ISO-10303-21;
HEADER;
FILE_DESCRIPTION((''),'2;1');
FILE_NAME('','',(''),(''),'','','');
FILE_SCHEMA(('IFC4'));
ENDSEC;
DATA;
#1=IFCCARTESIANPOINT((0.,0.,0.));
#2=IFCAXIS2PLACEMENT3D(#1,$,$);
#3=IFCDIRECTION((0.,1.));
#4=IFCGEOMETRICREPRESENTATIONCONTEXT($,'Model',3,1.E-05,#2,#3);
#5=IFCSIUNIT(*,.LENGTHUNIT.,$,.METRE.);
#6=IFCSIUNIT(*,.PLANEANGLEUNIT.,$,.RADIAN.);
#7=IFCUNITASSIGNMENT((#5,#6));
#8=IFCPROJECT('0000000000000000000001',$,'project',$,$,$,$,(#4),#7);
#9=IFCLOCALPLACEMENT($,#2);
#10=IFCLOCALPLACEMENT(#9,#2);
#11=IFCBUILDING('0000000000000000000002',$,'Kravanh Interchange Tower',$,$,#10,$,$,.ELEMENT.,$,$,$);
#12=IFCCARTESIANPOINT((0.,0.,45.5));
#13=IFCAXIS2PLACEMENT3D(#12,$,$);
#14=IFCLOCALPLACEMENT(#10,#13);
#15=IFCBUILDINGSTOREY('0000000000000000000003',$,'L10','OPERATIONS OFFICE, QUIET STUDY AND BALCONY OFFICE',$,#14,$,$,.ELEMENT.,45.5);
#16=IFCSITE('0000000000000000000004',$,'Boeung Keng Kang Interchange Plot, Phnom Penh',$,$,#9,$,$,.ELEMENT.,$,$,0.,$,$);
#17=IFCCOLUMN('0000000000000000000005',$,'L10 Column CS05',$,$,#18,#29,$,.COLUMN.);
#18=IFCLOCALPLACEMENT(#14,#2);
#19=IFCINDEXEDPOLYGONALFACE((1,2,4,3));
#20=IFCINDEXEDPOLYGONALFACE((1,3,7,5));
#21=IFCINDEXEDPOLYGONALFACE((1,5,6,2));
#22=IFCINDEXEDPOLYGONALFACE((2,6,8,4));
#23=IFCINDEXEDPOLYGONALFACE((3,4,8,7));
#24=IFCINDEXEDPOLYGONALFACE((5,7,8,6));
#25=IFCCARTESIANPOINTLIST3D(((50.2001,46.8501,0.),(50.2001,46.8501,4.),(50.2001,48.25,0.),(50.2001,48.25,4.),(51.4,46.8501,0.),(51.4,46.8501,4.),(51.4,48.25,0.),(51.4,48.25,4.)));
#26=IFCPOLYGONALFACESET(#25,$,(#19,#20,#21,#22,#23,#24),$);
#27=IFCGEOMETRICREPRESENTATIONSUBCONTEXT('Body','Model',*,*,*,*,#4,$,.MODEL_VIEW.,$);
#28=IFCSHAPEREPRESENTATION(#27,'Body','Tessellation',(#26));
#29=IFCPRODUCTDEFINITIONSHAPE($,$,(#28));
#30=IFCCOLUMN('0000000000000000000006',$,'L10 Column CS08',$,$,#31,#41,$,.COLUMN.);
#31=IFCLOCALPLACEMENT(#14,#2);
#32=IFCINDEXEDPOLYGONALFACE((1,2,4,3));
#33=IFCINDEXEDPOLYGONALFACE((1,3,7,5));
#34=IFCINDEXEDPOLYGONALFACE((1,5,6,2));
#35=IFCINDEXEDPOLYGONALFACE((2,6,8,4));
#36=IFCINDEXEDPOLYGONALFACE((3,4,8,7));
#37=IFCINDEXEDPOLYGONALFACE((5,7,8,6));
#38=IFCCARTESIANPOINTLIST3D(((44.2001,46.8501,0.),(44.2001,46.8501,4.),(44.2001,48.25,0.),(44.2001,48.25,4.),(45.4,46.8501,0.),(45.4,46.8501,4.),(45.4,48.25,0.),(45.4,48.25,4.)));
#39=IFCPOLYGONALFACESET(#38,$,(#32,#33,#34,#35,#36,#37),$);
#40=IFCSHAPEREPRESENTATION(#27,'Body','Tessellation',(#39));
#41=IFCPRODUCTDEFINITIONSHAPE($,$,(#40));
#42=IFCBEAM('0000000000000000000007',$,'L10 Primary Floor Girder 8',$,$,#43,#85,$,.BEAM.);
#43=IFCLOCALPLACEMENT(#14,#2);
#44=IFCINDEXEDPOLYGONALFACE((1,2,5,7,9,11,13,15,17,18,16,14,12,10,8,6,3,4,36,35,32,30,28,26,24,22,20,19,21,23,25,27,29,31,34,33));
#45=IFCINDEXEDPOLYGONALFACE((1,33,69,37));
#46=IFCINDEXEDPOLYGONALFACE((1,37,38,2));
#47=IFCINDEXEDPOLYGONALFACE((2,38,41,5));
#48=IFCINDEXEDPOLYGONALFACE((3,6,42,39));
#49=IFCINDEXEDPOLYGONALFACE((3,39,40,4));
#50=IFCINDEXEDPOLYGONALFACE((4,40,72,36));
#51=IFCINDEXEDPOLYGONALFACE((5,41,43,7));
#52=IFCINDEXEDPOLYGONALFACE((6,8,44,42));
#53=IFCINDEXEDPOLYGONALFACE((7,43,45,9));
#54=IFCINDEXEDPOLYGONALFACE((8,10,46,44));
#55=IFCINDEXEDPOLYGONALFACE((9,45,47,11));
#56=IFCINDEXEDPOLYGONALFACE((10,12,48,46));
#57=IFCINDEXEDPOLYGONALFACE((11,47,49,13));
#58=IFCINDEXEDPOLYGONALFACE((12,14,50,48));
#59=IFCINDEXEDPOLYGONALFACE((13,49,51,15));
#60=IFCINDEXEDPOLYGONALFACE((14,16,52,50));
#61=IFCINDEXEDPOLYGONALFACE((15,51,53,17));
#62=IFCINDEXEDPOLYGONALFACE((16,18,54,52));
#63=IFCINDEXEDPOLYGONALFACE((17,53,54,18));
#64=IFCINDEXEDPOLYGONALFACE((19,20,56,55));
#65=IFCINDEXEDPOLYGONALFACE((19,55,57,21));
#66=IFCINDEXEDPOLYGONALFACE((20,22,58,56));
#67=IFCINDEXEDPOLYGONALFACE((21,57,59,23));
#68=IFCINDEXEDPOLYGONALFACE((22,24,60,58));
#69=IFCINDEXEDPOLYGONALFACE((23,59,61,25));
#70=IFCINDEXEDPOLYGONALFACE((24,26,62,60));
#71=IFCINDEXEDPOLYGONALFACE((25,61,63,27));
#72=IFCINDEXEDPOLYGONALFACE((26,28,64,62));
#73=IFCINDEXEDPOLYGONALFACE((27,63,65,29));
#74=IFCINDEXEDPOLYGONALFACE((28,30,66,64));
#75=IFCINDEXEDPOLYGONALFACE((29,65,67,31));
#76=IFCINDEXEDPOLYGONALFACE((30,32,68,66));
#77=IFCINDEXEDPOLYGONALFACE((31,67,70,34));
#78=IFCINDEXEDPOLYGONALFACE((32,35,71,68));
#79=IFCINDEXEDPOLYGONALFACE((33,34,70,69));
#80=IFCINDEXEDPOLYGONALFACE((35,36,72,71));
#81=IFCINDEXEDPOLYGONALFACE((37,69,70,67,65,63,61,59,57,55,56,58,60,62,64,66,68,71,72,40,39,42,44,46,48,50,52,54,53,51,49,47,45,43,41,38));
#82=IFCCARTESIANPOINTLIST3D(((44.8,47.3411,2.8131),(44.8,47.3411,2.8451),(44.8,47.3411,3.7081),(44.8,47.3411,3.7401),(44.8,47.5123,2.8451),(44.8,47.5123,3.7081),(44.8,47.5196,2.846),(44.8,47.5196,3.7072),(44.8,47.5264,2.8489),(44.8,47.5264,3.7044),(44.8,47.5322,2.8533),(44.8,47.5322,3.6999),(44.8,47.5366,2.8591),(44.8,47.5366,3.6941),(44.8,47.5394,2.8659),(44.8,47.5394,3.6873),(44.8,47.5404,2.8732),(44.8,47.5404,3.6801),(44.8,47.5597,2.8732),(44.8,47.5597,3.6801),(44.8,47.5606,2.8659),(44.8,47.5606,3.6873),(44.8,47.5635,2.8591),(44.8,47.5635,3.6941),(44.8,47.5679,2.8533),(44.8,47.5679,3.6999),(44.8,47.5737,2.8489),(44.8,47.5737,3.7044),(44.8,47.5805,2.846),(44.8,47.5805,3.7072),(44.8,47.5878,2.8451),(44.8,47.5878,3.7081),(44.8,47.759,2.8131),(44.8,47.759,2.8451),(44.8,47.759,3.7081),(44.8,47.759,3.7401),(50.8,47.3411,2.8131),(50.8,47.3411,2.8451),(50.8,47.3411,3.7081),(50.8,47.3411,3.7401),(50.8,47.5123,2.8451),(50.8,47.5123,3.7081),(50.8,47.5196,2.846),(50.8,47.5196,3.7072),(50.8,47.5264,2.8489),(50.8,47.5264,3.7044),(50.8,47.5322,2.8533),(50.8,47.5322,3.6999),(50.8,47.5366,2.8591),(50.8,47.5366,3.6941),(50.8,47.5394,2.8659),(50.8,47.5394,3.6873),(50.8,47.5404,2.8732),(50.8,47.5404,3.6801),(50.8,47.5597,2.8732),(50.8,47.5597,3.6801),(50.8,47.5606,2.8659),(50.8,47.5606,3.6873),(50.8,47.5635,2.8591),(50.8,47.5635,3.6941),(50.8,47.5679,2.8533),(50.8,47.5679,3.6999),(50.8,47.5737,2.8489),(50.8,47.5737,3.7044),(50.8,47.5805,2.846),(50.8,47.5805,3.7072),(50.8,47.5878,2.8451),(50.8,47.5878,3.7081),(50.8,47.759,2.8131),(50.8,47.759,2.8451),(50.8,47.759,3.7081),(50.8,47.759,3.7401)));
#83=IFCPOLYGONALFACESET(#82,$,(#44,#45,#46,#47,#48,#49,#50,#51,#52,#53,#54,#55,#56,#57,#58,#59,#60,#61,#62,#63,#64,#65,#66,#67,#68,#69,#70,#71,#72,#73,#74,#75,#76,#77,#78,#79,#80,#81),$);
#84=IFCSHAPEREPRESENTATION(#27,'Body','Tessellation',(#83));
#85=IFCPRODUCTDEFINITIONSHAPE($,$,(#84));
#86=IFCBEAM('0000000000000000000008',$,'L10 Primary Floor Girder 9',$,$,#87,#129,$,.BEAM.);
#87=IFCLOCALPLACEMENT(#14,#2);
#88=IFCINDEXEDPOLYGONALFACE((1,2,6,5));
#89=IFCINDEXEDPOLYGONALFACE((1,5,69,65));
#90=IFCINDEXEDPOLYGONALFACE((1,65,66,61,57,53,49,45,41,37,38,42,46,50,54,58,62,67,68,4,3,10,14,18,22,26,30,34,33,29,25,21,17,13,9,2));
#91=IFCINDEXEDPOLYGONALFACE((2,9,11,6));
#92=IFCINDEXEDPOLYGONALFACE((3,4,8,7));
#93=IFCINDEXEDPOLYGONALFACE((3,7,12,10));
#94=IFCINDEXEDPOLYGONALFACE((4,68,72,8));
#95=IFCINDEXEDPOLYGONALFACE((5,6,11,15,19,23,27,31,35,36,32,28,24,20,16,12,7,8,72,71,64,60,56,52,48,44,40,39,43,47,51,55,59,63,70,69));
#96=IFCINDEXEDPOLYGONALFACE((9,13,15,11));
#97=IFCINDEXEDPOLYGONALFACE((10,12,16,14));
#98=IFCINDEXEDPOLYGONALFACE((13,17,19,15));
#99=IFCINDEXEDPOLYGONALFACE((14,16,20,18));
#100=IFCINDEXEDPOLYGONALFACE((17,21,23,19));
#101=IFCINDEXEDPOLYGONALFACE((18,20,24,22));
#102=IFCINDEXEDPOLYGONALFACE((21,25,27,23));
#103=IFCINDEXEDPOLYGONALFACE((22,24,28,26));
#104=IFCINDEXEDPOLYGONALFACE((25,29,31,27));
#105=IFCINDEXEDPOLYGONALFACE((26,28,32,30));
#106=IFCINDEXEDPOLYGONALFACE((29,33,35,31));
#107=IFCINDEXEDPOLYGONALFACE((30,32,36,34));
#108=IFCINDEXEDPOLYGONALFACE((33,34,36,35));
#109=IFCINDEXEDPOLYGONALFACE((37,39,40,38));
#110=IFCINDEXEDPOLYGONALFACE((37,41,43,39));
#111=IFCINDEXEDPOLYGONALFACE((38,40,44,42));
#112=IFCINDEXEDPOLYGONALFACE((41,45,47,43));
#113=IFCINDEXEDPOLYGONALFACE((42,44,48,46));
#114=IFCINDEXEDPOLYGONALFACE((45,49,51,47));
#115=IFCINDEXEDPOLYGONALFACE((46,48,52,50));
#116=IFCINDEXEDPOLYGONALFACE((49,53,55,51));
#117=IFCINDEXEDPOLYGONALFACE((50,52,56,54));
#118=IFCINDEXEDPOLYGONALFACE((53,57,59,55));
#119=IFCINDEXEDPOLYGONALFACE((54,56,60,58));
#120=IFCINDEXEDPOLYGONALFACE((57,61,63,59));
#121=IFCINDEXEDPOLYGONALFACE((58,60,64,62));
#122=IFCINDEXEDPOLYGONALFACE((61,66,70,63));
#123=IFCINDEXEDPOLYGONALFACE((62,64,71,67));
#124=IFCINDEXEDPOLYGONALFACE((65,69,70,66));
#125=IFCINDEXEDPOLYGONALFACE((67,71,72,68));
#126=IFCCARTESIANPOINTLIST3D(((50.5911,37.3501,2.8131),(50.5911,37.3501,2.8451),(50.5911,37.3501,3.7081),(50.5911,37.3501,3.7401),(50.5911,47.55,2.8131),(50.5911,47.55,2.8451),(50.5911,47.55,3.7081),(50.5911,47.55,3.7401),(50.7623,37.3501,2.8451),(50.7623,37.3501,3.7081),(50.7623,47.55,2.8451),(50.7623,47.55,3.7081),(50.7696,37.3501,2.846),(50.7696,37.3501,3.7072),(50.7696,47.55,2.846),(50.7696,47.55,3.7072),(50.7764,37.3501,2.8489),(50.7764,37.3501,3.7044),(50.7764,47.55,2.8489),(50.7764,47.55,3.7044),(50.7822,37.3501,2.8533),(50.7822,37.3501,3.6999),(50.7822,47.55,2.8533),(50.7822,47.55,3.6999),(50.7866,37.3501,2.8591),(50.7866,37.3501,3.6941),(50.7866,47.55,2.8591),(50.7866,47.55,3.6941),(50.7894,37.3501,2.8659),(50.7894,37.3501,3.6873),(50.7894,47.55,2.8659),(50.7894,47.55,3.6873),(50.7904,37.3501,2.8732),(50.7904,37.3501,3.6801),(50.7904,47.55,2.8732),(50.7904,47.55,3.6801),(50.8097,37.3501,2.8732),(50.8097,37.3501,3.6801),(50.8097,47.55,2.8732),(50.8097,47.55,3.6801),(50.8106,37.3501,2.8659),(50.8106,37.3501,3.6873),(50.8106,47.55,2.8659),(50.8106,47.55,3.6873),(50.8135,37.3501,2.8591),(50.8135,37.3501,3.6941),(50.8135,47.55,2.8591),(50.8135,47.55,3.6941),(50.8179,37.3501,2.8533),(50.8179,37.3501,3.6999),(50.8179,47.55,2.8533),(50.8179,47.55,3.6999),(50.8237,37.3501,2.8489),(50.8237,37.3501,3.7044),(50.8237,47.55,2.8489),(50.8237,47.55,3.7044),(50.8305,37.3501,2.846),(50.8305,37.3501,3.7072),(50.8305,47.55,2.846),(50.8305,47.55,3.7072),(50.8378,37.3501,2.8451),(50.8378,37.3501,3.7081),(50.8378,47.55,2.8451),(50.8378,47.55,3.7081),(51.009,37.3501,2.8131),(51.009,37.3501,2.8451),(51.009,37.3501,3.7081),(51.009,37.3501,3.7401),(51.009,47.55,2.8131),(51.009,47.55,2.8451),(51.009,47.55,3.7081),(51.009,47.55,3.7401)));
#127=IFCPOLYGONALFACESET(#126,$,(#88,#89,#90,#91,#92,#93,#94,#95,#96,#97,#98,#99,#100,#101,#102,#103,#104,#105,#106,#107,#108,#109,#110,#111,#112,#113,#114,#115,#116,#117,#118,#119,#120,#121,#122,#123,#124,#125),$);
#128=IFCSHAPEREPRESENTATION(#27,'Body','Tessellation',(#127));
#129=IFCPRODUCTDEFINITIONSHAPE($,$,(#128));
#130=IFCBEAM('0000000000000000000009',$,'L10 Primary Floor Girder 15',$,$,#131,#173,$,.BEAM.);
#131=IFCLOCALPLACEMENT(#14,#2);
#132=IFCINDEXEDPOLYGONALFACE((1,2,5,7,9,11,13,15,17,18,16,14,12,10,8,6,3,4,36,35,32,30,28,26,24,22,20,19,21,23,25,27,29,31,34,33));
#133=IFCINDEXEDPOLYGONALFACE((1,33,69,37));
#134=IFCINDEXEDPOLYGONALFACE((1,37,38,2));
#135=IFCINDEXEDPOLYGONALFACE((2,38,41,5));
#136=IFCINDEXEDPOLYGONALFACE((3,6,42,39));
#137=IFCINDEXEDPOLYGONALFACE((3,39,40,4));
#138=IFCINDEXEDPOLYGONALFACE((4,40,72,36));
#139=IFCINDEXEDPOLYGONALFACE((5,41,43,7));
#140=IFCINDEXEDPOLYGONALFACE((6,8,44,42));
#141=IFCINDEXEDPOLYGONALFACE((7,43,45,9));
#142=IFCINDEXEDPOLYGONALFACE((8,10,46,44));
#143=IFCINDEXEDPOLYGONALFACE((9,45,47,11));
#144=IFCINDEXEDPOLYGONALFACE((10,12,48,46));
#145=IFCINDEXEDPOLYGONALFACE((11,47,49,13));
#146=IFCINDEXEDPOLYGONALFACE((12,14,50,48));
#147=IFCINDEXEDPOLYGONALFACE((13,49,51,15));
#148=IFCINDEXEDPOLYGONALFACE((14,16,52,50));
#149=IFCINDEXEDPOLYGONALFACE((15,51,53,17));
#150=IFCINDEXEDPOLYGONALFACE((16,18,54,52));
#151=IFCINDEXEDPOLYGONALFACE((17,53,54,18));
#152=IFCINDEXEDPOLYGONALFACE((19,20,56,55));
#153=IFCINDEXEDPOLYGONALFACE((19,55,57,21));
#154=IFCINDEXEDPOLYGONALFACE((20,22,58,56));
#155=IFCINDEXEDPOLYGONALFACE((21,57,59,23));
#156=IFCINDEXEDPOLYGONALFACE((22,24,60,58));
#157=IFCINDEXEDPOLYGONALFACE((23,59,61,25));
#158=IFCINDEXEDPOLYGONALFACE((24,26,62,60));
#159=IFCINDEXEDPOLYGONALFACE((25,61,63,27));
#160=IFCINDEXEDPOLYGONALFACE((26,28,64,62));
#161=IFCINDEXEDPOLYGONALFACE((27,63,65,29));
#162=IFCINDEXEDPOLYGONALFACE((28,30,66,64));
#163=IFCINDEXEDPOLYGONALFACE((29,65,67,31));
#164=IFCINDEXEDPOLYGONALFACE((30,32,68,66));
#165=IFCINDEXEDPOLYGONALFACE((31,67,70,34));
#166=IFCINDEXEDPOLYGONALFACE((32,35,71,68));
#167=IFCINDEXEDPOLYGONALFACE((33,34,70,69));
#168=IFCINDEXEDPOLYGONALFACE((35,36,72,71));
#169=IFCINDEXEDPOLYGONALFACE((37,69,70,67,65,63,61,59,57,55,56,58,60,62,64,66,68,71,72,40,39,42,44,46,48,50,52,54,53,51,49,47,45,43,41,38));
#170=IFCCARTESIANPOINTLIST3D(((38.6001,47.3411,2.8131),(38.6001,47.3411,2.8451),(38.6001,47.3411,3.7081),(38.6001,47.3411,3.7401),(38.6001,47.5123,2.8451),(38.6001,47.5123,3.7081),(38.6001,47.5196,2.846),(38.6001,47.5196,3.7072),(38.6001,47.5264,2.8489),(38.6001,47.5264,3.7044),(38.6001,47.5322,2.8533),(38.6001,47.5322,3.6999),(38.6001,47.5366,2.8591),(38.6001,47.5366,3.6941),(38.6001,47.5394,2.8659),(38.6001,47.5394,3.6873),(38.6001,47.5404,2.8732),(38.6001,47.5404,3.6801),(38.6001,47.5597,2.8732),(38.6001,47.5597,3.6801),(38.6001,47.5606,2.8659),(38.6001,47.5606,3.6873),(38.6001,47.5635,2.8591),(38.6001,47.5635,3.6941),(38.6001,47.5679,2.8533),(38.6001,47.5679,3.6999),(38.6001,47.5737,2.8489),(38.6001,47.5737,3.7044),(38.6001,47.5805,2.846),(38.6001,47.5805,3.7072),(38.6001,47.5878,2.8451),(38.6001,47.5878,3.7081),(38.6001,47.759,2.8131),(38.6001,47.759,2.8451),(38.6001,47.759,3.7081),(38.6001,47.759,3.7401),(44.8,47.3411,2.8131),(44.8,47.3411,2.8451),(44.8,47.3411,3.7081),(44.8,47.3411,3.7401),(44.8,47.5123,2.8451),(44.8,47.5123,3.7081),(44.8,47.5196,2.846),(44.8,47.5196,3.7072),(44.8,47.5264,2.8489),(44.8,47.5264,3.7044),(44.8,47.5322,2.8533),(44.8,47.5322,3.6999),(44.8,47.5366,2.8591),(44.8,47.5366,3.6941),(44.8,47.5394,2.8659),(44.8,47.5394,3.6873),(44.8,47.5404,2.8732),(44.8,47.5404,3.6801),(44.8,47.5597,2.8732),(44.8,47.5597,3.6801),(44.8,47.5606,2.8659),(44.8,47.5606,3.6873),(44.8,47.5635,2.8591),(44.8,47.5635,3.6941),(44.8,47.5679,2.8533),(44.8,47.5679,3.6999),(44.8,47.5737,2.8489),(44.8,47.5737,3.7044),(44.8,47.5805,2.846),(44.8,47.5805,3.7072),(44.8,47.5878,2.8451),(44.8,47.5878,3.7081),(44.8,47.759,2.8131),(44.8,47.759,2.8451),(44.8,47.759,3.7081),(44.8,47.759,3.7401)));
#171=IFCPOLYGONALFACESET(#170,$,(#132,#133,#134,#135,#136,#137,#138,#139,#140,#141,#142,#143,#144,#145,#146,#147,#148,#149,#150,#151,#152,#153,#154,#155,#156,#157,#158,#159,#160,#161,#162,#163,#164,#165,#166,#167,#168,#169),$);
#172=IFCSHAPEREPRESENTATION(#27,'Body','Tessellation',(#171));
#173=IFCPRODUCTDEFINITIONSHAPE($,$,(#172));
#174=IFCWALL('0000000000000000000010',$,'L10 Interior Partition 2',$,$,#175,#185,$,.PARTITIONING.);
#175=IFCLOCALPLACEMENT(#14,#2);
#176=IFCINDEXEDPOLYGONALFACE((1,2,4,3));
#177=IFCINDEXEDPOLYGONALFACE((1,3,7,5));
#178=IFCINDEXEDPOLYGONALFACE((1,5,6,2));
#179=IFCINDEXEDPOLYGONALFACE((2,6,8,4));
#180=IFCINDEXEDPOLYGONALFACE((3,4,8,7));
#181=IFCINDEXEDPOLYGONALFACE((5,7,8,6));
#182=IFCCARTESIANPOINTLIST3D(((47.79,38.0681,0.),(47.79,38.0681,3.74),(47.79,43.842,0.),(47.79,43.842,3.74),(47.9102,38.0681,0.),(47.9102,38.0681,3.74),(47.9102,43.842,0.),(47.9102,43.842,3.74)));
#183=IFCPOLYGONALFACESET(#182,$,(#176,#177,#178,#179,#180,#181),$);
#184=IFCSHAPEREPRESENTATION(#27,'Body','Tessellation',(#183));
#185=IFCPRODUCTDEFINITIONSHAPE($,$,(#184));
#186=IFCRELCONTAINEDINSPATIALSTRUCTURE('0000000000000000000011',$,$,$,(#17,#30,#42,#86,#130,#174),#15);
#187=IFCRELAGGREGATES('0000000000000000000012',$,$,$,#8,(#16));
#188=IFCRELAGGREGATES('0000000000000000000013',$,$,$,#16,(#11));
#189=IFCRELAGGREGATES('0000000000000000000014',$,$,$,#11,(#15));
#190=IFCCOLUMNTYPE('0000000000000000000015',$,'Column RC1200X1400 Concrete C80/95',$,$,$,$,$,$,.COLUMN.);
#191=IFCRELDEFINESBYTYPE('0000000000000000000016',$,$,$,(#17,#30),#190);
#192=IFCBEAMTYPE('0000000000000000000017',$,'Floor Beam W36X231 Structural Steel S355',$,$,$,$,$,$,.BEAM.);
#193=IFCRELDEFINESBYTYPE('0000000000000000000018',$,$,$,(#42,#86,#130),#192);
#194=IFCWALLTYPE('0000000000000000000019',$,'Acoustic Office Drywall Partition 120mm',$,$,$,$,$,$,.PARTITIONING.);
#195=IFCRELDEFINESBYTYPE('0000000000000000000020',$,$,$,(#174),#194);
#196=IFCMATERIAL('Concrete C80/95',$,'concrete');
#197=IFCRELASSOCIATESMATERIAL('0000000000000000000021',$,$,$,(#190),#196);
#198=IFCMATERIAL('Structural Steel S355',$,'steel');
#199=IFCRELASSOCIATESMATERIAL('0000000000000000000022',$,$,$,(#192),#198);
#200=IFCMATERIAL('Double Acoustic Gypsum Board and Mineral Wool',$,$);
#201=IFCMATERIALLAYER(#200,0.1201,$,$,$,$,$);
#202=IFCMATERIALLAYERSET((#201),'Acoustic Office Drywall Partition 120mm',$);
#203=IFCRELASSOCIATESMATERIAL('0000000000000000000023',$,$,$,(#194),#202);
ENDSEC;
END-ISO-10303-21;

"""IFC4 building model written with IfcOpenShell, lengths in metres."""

from ifc_helpers import new_model, si_unit, direction, frame, frame_2d, origin, origin_2d, place, context, subcontext, project, spatial, rectangle, i_section, extrude, material, layer, layer_set, material_profile, profile_set, type_object, element, save


model = new_model("IFC4")

# Units and contexts
model_context = context("Model", 3, precision=1e-05, world=origin(), true_north=direction((0.0, 1.0)))
body_context = subcontext(model_context, "Body", "Model", "MODEL_VIEW")
ifc_project = project(units=[si_unit("LENGTHUNIT", "METRE"), si_unit("PLANEANGLEUNIT", "RADIAN")], contexts=[model_context])

# Site, building, storey
site_placement = place(None, origin())
site = spatial("IfcSite", under=ifc_project, at=site_placement, Name="Boeung Keng Kang Interchange Plot, Phnom Penh", CompositionType="ELEMENT", RefElevation=0.0)
building_placement = place(site_placement, origin())
building = spatial("IfcBuilding", under=site, at=building_placement, Name="Kravanh Interchange Tower", CompositionType="ELEMENT")
storey_placement = place(building_placement, frame((0.0, 0.0, 45.5)))
storey = spatial("IfcBuildingStorey", under=building, at=storey_placement, Name="L10", Description="OPERATIONS OFFICE, QUIET STUDY AND BALCONY OFFICE", CompositionType="ELEMENT", Elevation=45.5)

# Columns
ifc_material_1 = material(Name="Concrete C80/95", Category="concrete")
ifc_material_profile_1 = material_profile(ifc_material_1, rectangle(XDim=1.2, YDim=1.3999, at=origin_2d()), Name="RC1200X1400")
ifc_profile_set_1 = profile_set([ifc_material_profile_1], Name="Concrete C80/95")
column_type = type_object("IfcColumnType", Name="Column RC1200X1400 Concrete C80/95", PredefinedType="COLUMN", material=ifc_profile_set_1)
for number, where, z_axis, x_axis, name in (
    (1, (50.8, 47.55, 0.0), (0.0, 0.0, 1.0), (1.0, 0.0, 0.0), "L10 Column CS05"),
    (2, (44.8, 47.55, 0.0), (0.0, 0.0, 1.0), (1.0, 0.0, 0.0), "L10 Column CS08"),
):
    element("IfcColumn", number, at=place(storey_placement, frame(where, z_axis=z_axis, x_axis=x_axis)), inside=storey, type_object=column_type, Name=name, PredefinedType="COLUMN", context=body_context, shape_type="SweptSolid", body=[
        extrude(rectangle(XDim=1.2, YDim=1.3999, at=origin_2d()), origin(), (0.0, 0.0, 1.0), 4.0),
    ])

# Beams
ifc_material_2 = material(Name="Structural Steel S355", Category="steel")
ifc_material_profile_2 = material_profile(ifc_material_2, i_section(OverallWidth=0.418, OverallDepth=0.927, WebThickness=0.0193, FlangeThickness=0.032, FilletRadius=0.0281, at=origin_2d()), Name="W36X231")
ifc_profile_set_2 = profile_set([ifc_material_profile_2], Name="Structural Steel S355")
beam_type = type_object("IfcBeamType", Name="Floor Beam W36X231 Structural Steel S355", PredefinedType="BEAM", material=ifc_profile_set_2)
beam_1_placement = place(storey_placement, frame((50.8, 47.55, 3.2766), z_axis=(-1.0, 0.0, 0.0), x_axis=(0.0, -1.0, 0.0)))
element("IfcBeam", 3, at=beam_1_placement, inside=storey, type_object=beam_type, Name="L10 Primary Floor Girder 8", PredefinedType="BEAM", context=body_context, shape_type="SweptSolid", body=[
    extrude(i_section(OverallWidth=0.418, OverallDepth=0.927, WebThickness=0.0193, FlangeThickness=0.032, FilletRadius=0.0281, at=origin_2d()), origin(), (0.0, 0.0, 1.0), 6.0),
])
beam_2_placement = place(storey_placement, frame((50.8, 47.55, 3.2766), z_axis=(0.0, -1.0, 0.0), x_axis=(1.0, 0.0, 0.0)))
element("IfcBeam", 4, at=beam_2_placement, inside=storey, type_object=beam_type, Name="L10 Primary Floor Girder 9", PredefinedType="BEAM", context=body_context, shape_type="SweptSolid", body=[
    extrude(i_section(OverallWidth=0.418, OverallDepth=0.927, WebThickness=0.0193, FlangeThickness=0.032, FilletRadius=0.0281, at=origin_2d()), origin(), (0.0, 0.0, 1.0), 10.2),
])
beam_3_placement = place(storey_placement, frame((44.8, 47.55, 3.2766), z_axis=(-1.0, 0.0, 0.0), x_axis=(0.0, -1.0, 0.0)))
element("IfcBeam", 5, at=beam_3_placement, inside=storey, type_object=beam_type, Name="L10 Primary Floor Girder 15", PredefinedType="BEAM", context=body_context, shape_type="SweptSolid", body=[
    extrude(i_section(OverallWidth=0.418, OverallDepth=0.927, WebThickness=0.0193, FlangeThickness=0.032, FilletRadius=0.0281, at=origin_2d()), origin(), (0.0, 0.0, 1.0), 6.2),
])

# Wall
ifc_material_3 = material(Name="Double Acoustic Gypsum Board and Mineral Wool")
ifc_layer_1 = layer(ifc_material_3, 0.1201)
ifc_layer_set_1 = layer_set([ifc_layer_1], Name="Acoustic Office Drywall Partition 120mm")
wall_type_1 = type_object("IfcWallType", Name="Acoustic Office Drywall Partition 120mm", PredefinedType="PARTITIONING", material=ifc_layer_set_1)
wall_1_placement = place(storey_placement, frame((47.8501, 38.0681, 0.0), z_axis=(0.0, 0.0, 1.0), x_axis=(0.0, 1.0, 0.0)))
element("IfcWall", 6, at=wall_1_placement, inside=storey, type_object=wall_type_1, Name="L10 Interior Partition 2", PredefinedType="PARTITIONING", context=body_context, shape_type="SweptSolid", body=[
    extrude(rectangle(XDim=5.7739, YDim=0.1201, at=frame_2d((2.887, 0.0))), origin(), (0.0, 0.0, 1.0), 3.74),
])

save(model, "model.ifc")
